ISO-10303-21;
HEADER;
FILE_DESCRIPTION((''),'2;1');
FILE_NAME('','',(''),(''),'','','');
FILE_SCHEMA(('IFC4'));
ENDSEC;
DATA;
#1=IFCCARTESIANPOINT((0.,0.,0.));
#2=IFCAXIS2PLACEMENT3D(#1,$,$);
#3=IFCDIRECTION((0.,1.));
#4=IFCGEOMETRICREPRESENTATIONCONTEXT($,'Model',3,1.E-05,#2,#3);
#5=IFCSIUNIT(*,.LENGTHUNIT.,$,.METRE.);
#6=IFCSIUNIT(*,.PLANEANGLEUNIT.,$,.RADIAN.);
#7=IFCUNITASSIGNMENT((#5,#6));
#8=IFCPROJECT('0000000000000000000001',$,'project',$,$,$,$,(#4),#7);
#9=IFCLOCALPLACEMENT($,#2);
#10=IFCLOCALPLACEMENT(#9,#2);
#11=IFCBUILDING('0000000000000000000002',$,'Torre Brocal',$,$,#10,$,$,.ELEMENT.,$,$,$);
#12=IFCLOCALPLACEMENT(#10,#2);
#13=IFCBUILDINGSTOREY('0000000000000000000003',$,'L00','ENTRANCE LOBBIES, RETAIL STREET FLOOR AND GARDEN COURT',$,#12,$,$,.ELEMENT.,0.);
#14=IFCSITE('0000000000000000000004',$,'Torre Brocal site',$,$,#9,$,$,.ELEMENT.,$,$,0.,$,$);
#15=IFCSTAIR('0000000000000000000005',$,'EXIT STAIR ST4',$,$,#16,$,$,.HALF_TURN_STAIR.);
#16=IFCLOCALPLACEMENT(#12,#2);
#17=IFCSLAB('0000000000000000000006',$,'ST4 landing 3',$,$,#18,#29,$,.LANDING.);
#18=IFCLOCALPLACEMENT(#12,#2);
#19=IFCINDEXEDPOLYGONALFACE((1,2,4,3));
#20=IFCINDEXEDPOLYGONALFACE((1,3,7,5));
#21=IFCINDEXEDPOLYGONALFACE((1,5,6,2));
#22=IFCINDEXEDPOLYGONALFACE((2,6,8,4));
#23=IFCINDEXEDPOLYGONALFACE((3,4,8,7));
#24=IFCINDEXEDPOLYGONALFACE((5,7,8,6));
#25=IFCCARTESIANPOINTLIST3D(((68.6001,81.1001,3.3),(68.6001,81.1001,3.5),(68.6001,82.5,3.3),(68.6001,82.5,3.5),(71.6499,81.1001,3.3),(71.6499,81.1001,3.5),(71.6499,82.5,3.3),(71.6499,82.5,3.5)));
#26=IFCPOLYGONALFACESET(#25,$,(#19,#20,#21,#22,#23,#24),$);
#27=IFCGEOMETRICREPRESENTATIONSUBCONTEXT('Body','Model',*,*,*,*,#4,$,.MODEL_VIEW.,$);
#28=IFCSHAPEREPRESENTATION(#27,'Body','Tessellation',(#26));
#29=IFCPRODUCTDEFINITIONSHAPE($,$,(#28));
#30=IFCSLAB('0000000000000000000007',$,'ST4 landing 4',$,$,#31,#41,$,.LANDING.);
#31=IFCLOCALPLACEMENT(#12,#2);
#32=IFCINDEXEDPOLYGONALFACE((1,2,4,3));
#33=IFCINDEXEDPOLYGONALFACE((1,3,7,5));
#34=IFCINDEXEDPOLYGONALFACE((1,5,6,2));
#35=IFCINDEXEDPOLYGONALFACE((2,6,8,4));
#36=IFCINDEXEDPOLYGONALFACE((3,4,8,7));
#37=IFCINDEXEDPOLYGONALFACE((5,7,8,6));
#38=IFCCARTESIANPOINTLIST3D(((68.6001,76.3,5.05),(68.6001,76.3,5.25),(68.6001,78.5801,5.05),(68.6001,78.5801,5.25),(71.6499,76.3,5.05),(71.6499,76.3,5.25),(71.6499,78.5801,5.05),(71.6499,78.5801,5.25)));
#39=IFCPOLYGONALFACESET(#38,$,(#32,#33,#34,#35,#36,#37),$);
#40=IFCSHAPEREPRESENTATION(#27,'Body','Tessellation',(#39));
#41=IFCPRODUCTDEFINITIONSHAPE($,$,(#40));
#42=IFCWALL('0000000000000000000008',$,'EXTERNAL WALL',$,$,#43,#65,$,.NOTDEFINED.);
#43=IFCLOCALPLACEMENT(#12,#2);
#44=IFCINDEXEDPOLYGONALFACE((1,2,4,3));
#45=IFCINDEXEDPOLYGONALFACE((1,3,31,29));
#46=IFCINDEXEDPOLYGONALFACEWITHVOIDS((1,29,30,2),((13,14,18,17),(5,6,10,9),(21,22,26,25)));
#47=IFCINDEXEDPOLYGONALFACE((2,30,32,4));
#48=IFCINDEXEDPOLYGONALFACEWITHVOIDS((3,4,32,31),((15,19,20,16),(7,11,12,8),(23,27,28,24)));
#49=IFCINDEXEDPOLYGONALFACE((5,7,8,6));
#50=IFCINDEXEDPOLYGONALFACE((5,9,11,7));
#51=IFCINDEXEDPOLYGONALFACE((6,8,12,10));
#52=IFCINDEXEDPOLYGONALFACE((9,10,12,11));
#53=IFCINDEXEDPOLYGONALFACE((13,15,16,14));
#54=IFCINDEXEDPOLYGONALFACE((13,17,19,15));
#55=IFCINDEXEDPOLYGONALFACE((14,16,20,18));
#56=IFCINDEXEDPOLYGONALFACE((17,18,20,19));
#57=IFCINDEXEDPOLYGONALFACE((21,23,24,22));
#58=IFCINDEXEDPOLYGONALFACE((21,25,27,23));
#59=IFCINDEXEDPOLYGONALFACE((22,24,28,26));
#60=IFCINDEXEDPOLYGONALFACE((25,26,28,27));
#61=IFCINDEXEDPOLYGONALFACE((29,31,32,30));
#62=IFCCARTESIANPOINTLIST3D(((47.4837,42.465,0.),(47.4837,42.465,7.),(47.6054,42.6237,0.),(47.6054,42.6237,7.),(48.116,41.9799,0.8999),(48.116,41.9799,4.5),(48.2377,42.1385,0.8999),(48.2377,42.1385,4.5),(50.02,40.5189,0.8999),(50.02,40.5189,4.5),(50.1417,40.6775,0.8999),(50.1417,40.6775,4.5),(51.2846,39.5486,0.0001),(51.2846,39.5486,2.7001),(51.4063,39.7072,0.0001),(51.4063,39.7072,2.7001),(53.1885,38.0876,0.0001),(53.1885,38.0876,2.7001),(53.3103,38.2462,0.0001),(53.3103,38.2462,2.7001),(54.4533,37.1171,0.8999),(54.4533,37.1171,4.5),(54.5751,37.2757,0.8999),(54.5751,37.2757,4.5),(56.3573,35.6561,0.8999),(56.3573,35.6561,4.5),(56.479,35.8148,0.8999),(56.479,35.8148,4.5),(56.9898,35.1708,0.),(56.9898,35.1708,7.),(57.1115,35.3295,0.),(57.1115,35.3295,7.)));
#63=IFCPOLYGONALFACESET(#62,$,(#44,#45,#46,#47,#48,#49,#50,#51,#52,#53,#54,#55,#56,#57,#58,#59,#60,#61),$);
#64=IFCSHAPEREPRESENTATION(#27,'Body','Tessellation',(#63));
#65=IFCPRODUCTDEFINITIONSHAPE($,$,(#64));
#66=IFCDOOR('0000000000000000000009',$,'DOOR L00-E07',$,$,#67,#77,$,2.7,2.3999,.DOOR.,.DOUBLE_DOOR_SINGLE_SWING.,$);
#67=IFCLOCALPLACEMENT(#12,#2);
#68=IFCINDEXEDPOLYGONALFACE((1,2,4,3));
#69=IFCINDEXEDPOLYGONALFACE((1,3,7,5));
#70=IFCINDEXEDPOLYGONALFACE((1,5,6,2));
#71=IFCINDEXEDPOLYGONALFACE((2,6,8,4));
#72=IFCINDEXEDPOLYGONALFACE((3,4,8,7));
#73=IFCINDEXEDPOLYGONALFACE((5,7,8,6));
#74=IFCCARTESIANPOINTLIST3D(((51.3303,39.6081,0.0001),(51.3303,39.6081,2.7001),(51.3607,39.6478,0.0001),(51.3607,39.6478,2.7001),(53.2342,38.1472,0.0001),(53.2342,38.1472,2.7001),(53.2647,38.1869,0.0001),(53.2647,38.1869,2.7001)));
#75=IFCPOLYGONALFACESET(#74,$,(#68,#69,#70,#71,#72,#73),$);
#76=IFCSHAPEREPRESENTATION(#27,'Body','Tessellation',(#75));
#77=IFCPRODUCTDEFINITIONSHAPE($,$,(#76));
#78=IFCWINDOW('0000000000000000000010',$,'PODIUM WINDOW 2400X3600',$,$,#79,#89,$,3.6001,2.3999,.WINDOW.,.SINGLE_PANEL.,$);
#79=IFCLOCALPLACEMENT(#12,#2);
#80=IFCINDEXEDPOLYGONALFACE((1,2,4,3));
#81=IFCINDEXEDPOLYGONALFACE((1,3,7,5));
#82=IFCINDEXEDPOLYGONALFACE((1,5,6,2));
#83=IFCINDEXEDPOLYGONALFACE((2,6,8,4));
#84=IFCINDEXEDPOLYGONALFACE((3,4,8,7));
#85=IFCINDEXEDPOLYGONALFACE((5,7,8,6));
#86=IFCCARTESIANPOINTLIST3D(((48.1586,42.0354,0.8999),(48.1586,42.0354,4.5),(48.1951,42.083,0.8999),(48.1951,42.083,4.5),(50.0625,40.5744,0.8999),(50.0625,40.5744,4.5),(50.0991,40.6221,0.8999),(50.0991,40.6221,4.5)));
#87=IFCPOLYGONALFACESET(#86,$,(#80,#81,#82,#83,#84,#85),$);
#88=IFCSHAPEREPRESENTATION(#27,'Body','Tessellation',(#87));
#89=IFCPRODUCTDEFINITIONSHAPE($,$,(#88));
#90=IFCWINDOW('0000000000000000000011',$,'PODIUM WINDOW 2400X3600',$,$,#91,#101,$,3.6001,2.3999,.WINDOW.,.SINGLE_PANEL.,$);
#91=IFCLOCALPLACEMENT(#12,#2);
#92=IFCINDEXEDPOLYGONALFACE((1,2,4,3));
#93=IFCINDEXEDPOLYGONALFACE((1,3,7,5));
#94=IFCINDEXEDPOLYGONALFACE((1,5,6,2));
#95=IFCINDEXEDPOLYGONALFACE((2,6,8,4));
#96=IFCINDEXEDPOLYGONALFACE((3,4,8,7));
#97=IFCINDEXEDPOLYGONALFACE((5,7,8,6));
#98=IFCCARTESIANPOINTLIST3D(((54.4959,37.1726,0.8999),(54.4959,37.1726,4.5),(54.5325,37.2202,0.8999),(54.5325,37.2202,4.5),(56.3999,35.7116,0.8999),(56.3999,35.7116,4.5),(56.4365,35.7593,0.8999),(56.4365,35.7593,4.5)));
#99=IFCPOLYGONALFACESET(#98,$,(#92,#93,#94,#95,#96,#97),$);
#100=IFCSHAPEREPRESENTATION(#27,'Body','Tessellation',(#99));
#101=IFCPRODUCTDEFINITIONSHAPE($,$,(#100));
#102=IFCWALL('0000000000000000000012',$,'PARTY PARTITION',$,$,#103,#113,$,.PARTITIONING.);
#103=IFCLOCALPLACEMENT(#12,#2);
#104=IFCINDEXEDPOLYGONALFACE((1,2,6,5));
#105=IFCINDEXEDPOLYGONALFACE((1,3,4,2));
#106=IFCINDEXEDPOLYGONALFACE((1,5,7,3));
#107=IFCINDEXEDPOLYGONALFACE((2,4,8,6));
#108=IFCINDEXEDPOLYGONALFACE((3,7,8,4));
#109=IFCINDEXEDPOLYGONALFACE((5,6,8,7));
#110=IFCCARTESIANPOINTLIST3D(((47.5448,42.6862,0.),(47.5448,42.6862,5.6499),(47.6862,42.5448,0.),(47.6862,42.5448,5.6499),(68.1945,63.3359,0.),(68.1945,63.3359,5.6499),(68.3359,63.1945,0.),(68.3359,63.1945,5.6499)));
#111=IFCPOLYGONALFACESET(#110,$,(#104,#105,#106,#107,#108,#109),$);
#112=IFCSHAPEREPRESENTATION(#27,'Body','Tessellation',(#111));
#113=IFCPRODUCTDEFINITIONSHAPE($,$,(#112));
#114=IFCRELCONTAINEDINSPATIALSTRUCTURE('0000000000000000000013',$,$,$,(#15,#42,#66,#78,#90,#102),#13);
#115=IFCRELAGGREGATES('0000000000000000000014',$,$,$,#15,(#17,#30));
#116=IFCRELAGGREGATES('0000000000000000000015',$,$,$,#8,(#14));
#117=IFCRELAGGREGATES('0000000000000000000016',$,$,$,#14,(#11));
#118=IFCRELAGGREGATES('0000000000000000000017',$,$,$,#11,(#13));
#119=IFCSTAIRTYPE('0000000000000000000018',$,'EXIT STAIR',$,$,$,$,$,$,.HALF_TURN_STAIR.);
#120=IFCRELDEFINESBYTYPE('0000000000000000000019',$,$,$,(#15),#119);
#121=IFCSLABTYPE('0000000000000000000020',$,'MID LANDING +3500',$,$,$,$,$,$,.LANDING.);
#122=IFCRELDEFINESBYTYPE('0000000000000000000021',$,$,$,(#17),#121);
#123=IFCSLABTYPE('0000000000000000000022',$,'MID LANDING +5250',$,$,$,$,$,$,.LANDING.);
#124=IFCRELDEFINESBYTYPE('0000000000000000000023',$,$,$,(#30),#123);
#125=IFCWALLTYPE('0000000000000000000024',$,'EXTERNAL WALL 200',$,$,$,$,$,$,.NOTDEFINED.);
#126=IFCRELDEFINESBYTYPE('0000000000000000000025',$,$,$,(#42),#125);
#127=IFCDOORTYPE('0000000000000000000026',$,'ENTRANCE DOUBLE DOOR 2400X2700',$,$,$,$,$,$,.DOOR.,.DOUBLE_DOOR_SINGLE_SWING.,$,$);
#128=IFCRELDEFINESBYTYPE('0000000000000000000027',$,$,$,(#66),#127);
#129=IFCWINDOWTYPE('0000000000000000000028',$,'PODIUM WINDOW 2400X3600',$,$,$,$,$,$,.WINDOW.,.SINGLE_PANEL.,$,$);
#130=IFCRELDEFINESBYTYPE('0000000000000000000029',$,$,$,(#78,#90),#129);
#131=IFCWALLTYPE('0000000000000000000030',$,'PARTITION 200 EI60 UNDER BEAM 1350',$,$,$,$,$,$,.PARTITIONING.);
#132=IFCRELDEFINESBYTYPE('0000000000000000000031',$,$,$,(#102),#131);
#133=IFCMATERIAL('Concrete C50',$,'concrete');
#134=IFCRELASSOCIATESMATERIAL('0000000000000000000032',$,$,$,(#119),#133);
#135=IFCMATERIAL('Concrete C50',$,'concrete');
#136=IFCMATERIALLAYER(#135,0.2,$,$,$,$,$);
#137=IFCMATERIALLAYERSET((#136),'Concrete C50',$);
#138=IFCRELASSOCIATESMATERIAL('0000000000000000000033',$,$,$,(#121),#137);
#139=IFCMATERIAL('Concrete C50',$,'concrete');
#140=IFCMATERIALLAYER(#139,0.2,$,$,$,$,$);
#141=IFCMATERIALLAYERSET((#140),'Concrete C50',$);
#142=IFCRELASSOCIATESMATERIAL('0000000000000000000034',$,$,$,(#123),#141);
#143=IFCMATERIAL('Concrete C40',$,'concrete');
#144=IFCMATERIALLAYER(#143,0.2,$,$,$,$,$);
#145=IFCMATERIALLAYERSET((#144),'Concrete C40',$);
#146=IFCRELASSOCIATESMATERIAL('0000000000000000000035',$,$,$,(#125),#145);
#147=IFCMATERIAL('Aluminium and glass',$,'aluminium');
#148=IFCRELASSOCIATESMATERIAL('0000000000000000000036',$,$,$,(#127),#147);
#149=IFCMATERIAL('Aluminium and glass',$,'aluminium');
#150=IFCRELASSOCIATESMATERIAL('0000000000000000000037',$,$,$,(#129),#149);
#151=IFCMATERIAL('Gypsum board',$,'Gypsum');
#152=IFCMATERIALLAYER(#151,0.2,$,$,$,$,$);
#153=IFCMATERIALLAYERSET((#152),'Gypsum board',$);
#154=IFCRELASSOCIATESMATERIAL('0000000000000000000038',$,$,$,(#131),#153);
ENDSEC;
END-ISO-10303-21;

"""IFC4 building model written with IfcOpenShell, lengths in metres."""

from ifc_helpers import new_model, si_unit, direction, frame, frame_2d, origin, place, context, subcontext, project, spatial, polyline, rectangle, outline, extrude, material, layer, layer_set, type_object, element, fill, aggregate, save


model = new_model("IFC4")

# Units and contexts
model_context = context("Model", 3, precision=1e-05, world=origin(), true_north=direction((0.0, 1.0)))
body_context = subcontext(model_context, "Body", "Model", "MODEL_VIEW")
ifc_project = project(units=[si_unit("LENGTHUNIT", "METRE"), si_unit("PLANEANGLEUNIT", "RADIAN")], contexts=[model_context])

# Site, building, storey
site_placement = place(None, origin())
site = spatial("IfcSite", under=ifc_project, at=site_placement, Name="Torre Brocal site", CompositionType="ELEMENT", RefElevation=0.0)
building_placement = place(site_placement, origin())
building = spatial("IfcBuilding", under=site, at=building_placement, Name="Torre Brocal", CompositionType="ELEMENT")
storey_placement = place(building_placement, origin())
storey = spatial("IfcBuildingStorey", under=building, at=storey_placement, Name="L00", Description="ENTRANCE LOBBIES, RETAIL STREET FLOOR AND GARDEN COURT", CompositionType="ELEMENT", Elevation=0.0)

# Stair, slabs
ifc_material_1 = material(Name="Concrete C50", Category="concrete")
stair_type = type_object("IfcStairType", Name="EXIT STAIR", PredefinedType="HALF_TURN_STAIR", material=ifc_material_1)
stair_placement = place(storey_placement, origin())
stair = element("IfcStair", 1, at=stair_placement, inside=storey, type_object=stair_type, Name="EXIT STAIR ST4", PredefinedType="HALF_TURN_STAIR")
ifc_material_2 = material(Name="Concrete C50", Category="concrete")
ifc_layer_1 = layer(ifc_material_2, 0.2)
ifc_layer_set_1 = layer_set([ifc_layer_1], Name="Concrete C50")
slab_type_1 = type_object("IfcSlabType", Name="MID LANDING +3500", PredefinedType="LANDING", material=ifc_layer_set_1)
slab_1_placement = place(storey_placement, frame((0.0, 0.0, 3.3)))
slab_1 = element("IfcSlab", 2, at=slab_1_placement, type_object=slab_type_1, Name="ST4 landing 3", PredefinedType="LANDING", context=body_context, shape_type="SweptSolid", body=[
    extrude(outline(polyline([(71.6499, 82.5), (68.6001, 82.5), (68.6001, 81.1001), (71.6499, 81.1001), (71.6499, 82.5)])), origin(), (0.0, 0.0, 1.0), 0.2),
])
ifc_material_3 = material(Name="Concrete C50", Category="concrete")
ifc_layer_2 = layer(ifc_material_3, 0.2)
ifc_layer_set_2 = layer_set([ifc_layer_2], Name="Concrete C50")
slab_type_2 = type_object("IfcSlabType", Name="MID LANDING +5250", PredefinedType="LANDING", material=ifc_layer_set_2)
slab_2_placement = place(storey_placement, frame((0.0, 0.0, 5.05)))
slab_2 = element("IfcSlab", 3, at=slab_2_placement, type_object=slab_type_2, Name="ST4 landing 4", PredefinedType="LANDING", context=body_context, shape_type="SweptSolid", body=[
    extrude(outline(polyline([(71.6499, 78.5801), (68.6001, 78.5801), (68.6001, 76.3), (71.6499, 76.3), (71.6499, 78.5801)])), origin(), (0.0, 0.0, 1.0), 0.2),
])
aggregate(stair, [slab_1, slab_2])

# Wall, openings, door, windows
ifc_material_4 = material(Name="Concrete C40", Category="concrete")
ifc_layer_3 = layer(ifc_material_4, 0.2)
ifc_layer_set_3 = layer_set([ifc_layer_3], Name="Concrete C40")
wall_type_1 = type_object("IfcWallType", Name="EXTERNAL WALL 200", PredefinedType="NOTDEFINED", material=ifc_layer_set_3)
wall_1_placement = place(storey_placement, frame((47.5444, 42.5444, 0.0), z_axis=(0.0, 0.0, 1.0), x_axis=(0.793357, -0.608756, 0.0)))
wall_1 = element("IfcWall", 4, at=wall_1_placement, inside=storey, type_object=wall_type_1, Name="EXTERNAL WALL", PredefinedType="NOTDEFINED", context=body_context, shape_type="SweptSolid", body=[
    extrude(rectangle(XDim=11.9822, YDim=0.2, at=frame_2d((5.9912, 0.0))), origin(), (0.0, 0.0, 1.0), 7.0),
])
opening_1_placement = place(wall_1_placement, frame((0.7971, 0.0, 0.8999)))
opening_1 = element("IfcOpeningElement", 5, at=opening_1_placement, cuts=wall_1, PredefinedType="OPENING", context=body_context, shape_type="SweptSolid", body=[
    extrude(rectangle(XDim=2.3999, YDim=3.6001, at=frame_2d((1.2, 1.8))), frame((0.0, 0.1099, 0.0), z_axis=(0.0, -1.0, 0.0), x_axis=(1.0, 0.0, 0.0)), (0.0, 0.0, 1.0), 0.22),
])
opening_2_placement = place(wall_1_placement, frame((4.791, 0.0, 0.0)))
opening_2 = element("IfcOpeningElement", 6, at=opening_2_placement, cuts=wall_1, PredefinedType="OPENING", context=body_context, shape_type="SweptSolid", body=[
    extrude(rectangle(XDim=2.3999, YDim=2.7, at=frame_2d((1.2, 1.3501))), frame((0.0, 0.1099, 0.0), z_axis=(0.0, -1.0, 0.0), x_axis=(1.0, 0.0, 0.0)), (0.0, 0.0, 1.0), 0.22),
])
opening_3_placement = place(wall_1_placement, frame((8.7852, 0.0, 0.8999)))
opening_3 = element("IfcOpeningElement", 7, at=opening_3_placement, cuts=wall_1, PredefinedType="OPENING", context=body_context, shape_type="SweptSolid", body=[
    extrude(rectangle(XDim=2.3999, YDim=3.6001, at=frame_2d((1.2, 1.8))), frame((0.0, 0.1099, 0.0), z_axis=(0.0, -1.0, 0.0), x_axis=(1.0, 0.0, 0.0)), (0.0, 0.0, 1.0), 0.22),
])
ifc_material_5 = material(Name="Aluminium and glass", Category="aluminium")
door_type = type_object("IfcDoorType", Name="ENTRANCE DOUBLE DOOR 2400X2700", OperationType="DOUBLE_DOOR_SINGLE_SWING", PredefinedType="DOOR", material=ifc_material_5)
door_placement = place(opening_2_placement, frame((2.3999, 0.0, 0.0), z_axis=(0.0, 0.0, 1.0), x_axis=(-1.0, 0.0, 0.0)))
door = element("IfcDoor", 8, at=door_placement, inside=storey, type_object=door_type, Name="DOOR L00-E07", OperationType="DOUBLE_DOOR_SINGLE_SWING", OverallHeight=2.7, OverallWidth=2.3999, PredefinedType="DOOR", context=body_context, shape_type="SweptSolid", body=[
    extrude(rectangle(XDim=2.3999, YDim=2.7, at=frame_2d((1.2, 1.3501))), frame((0.0, 0.0249, 0.0), z_axis=(0.0, -1.0, 0.0), x_axis=(1.0, 0.0, 0.0)), (0.0, 0.0, 1.0), 0.05),
])
fill(opening_2, door)
ifc_material_6 = material(Name="Aluminium and glass", Category="aluminium")
window_type = type_object("IfcWindowType", Name="PODIUM WINDOW 2400X3600", PartitioningType="SINGLE_PANEL", PredefinedType="WINDOW", material=ifc_material_6)
window_1_placement = place(opening_1_placement, origin())
window_1 = element("IfcWindow", 9, at=window_1_placement, inside=storey, type_object=window_type, Name="PODIUM WINDOW 2400X3600", OverallHeight=3.6001, OverallWidth=2.3999, PartitioningType="SINGLE_PANEL", PredefinedType="WINDOW", context=body_context, shape_type="SweptSolid", body=[
    extrude(rectangle(XDim=2.3999, YDim=3.6001, at=frame_2d((1.2, 1.8))), frame((0.0, 0.03, 0.0), z_axis=(0.0, -1.0, 0.0), x_axis=(1.0, 0.0, 0.0)), (0.0, 0.0, 1.0), 0.0601),
])
fill(opening_1, window_1)
window_2_placement = place(opening_3_placement, origin())
window_2 = element("IfcWindow", 10, at=window_2_placement, inside=storey, type_object=window_type, Name="PODIUM WINDOW 2400X3600", OverallHeight=3.6001, OverallWidth=2.3999, PartitioningType="SINGLE_PANEL", PredefinedType="WINDOW", context=body_context, shape_type="SweptSolid", body=[
    extrude(rectangle(XDim=2.3999, YDim=3.6001, at=frame_2d((1.2, 1.8))), frame((0.0, 0.03, 0.0), z_axis=(0.0, -1.0, 0.0), x_axis=(1.0, 0.0, 0.0)), (0.0, 0.0, 1.0), 0.0601),
])
fill(opening_3, window_2)

# Wall
ifc_material_7 = material(Name="Gypsum board", Category="Gypsum")
ifc_layer_4 = layer(ifc_material_7, 0.2)
ifc_layer_set_4 = layer_set([ifc_layer_4], Name="Gypsum board")
wall_type_2 = type_object("IfcWallType", Name="PARTITION 200 EI60 UNDER BEAM 1350", PredefinedType="PARTITIONING", material=ifc_layer_set_4)
wall_2_placement = place(storey_placement, frame((47.6155, 42.6155, 0.0), z_axis=(0.0, 0.0, 1.0), x_axis=(0.707107, 0.707107, 0.0)))
element("IfcWall", 11, at=wall_2_placement, inside=storey, type_object=wall_type_2, Name="PARTY PARTITION", PredefinedType="PARTITIONING", context=body_context, shape_type="SweptSolid", body=[
    extrude(rectangle(XDim=29.2031, YDim=0.2, at=frame_2d((14.6016, 0.0))), origin(), (0.0, 0.0, 1.0), 5.6499),
])

save(model, "model.ifc")
